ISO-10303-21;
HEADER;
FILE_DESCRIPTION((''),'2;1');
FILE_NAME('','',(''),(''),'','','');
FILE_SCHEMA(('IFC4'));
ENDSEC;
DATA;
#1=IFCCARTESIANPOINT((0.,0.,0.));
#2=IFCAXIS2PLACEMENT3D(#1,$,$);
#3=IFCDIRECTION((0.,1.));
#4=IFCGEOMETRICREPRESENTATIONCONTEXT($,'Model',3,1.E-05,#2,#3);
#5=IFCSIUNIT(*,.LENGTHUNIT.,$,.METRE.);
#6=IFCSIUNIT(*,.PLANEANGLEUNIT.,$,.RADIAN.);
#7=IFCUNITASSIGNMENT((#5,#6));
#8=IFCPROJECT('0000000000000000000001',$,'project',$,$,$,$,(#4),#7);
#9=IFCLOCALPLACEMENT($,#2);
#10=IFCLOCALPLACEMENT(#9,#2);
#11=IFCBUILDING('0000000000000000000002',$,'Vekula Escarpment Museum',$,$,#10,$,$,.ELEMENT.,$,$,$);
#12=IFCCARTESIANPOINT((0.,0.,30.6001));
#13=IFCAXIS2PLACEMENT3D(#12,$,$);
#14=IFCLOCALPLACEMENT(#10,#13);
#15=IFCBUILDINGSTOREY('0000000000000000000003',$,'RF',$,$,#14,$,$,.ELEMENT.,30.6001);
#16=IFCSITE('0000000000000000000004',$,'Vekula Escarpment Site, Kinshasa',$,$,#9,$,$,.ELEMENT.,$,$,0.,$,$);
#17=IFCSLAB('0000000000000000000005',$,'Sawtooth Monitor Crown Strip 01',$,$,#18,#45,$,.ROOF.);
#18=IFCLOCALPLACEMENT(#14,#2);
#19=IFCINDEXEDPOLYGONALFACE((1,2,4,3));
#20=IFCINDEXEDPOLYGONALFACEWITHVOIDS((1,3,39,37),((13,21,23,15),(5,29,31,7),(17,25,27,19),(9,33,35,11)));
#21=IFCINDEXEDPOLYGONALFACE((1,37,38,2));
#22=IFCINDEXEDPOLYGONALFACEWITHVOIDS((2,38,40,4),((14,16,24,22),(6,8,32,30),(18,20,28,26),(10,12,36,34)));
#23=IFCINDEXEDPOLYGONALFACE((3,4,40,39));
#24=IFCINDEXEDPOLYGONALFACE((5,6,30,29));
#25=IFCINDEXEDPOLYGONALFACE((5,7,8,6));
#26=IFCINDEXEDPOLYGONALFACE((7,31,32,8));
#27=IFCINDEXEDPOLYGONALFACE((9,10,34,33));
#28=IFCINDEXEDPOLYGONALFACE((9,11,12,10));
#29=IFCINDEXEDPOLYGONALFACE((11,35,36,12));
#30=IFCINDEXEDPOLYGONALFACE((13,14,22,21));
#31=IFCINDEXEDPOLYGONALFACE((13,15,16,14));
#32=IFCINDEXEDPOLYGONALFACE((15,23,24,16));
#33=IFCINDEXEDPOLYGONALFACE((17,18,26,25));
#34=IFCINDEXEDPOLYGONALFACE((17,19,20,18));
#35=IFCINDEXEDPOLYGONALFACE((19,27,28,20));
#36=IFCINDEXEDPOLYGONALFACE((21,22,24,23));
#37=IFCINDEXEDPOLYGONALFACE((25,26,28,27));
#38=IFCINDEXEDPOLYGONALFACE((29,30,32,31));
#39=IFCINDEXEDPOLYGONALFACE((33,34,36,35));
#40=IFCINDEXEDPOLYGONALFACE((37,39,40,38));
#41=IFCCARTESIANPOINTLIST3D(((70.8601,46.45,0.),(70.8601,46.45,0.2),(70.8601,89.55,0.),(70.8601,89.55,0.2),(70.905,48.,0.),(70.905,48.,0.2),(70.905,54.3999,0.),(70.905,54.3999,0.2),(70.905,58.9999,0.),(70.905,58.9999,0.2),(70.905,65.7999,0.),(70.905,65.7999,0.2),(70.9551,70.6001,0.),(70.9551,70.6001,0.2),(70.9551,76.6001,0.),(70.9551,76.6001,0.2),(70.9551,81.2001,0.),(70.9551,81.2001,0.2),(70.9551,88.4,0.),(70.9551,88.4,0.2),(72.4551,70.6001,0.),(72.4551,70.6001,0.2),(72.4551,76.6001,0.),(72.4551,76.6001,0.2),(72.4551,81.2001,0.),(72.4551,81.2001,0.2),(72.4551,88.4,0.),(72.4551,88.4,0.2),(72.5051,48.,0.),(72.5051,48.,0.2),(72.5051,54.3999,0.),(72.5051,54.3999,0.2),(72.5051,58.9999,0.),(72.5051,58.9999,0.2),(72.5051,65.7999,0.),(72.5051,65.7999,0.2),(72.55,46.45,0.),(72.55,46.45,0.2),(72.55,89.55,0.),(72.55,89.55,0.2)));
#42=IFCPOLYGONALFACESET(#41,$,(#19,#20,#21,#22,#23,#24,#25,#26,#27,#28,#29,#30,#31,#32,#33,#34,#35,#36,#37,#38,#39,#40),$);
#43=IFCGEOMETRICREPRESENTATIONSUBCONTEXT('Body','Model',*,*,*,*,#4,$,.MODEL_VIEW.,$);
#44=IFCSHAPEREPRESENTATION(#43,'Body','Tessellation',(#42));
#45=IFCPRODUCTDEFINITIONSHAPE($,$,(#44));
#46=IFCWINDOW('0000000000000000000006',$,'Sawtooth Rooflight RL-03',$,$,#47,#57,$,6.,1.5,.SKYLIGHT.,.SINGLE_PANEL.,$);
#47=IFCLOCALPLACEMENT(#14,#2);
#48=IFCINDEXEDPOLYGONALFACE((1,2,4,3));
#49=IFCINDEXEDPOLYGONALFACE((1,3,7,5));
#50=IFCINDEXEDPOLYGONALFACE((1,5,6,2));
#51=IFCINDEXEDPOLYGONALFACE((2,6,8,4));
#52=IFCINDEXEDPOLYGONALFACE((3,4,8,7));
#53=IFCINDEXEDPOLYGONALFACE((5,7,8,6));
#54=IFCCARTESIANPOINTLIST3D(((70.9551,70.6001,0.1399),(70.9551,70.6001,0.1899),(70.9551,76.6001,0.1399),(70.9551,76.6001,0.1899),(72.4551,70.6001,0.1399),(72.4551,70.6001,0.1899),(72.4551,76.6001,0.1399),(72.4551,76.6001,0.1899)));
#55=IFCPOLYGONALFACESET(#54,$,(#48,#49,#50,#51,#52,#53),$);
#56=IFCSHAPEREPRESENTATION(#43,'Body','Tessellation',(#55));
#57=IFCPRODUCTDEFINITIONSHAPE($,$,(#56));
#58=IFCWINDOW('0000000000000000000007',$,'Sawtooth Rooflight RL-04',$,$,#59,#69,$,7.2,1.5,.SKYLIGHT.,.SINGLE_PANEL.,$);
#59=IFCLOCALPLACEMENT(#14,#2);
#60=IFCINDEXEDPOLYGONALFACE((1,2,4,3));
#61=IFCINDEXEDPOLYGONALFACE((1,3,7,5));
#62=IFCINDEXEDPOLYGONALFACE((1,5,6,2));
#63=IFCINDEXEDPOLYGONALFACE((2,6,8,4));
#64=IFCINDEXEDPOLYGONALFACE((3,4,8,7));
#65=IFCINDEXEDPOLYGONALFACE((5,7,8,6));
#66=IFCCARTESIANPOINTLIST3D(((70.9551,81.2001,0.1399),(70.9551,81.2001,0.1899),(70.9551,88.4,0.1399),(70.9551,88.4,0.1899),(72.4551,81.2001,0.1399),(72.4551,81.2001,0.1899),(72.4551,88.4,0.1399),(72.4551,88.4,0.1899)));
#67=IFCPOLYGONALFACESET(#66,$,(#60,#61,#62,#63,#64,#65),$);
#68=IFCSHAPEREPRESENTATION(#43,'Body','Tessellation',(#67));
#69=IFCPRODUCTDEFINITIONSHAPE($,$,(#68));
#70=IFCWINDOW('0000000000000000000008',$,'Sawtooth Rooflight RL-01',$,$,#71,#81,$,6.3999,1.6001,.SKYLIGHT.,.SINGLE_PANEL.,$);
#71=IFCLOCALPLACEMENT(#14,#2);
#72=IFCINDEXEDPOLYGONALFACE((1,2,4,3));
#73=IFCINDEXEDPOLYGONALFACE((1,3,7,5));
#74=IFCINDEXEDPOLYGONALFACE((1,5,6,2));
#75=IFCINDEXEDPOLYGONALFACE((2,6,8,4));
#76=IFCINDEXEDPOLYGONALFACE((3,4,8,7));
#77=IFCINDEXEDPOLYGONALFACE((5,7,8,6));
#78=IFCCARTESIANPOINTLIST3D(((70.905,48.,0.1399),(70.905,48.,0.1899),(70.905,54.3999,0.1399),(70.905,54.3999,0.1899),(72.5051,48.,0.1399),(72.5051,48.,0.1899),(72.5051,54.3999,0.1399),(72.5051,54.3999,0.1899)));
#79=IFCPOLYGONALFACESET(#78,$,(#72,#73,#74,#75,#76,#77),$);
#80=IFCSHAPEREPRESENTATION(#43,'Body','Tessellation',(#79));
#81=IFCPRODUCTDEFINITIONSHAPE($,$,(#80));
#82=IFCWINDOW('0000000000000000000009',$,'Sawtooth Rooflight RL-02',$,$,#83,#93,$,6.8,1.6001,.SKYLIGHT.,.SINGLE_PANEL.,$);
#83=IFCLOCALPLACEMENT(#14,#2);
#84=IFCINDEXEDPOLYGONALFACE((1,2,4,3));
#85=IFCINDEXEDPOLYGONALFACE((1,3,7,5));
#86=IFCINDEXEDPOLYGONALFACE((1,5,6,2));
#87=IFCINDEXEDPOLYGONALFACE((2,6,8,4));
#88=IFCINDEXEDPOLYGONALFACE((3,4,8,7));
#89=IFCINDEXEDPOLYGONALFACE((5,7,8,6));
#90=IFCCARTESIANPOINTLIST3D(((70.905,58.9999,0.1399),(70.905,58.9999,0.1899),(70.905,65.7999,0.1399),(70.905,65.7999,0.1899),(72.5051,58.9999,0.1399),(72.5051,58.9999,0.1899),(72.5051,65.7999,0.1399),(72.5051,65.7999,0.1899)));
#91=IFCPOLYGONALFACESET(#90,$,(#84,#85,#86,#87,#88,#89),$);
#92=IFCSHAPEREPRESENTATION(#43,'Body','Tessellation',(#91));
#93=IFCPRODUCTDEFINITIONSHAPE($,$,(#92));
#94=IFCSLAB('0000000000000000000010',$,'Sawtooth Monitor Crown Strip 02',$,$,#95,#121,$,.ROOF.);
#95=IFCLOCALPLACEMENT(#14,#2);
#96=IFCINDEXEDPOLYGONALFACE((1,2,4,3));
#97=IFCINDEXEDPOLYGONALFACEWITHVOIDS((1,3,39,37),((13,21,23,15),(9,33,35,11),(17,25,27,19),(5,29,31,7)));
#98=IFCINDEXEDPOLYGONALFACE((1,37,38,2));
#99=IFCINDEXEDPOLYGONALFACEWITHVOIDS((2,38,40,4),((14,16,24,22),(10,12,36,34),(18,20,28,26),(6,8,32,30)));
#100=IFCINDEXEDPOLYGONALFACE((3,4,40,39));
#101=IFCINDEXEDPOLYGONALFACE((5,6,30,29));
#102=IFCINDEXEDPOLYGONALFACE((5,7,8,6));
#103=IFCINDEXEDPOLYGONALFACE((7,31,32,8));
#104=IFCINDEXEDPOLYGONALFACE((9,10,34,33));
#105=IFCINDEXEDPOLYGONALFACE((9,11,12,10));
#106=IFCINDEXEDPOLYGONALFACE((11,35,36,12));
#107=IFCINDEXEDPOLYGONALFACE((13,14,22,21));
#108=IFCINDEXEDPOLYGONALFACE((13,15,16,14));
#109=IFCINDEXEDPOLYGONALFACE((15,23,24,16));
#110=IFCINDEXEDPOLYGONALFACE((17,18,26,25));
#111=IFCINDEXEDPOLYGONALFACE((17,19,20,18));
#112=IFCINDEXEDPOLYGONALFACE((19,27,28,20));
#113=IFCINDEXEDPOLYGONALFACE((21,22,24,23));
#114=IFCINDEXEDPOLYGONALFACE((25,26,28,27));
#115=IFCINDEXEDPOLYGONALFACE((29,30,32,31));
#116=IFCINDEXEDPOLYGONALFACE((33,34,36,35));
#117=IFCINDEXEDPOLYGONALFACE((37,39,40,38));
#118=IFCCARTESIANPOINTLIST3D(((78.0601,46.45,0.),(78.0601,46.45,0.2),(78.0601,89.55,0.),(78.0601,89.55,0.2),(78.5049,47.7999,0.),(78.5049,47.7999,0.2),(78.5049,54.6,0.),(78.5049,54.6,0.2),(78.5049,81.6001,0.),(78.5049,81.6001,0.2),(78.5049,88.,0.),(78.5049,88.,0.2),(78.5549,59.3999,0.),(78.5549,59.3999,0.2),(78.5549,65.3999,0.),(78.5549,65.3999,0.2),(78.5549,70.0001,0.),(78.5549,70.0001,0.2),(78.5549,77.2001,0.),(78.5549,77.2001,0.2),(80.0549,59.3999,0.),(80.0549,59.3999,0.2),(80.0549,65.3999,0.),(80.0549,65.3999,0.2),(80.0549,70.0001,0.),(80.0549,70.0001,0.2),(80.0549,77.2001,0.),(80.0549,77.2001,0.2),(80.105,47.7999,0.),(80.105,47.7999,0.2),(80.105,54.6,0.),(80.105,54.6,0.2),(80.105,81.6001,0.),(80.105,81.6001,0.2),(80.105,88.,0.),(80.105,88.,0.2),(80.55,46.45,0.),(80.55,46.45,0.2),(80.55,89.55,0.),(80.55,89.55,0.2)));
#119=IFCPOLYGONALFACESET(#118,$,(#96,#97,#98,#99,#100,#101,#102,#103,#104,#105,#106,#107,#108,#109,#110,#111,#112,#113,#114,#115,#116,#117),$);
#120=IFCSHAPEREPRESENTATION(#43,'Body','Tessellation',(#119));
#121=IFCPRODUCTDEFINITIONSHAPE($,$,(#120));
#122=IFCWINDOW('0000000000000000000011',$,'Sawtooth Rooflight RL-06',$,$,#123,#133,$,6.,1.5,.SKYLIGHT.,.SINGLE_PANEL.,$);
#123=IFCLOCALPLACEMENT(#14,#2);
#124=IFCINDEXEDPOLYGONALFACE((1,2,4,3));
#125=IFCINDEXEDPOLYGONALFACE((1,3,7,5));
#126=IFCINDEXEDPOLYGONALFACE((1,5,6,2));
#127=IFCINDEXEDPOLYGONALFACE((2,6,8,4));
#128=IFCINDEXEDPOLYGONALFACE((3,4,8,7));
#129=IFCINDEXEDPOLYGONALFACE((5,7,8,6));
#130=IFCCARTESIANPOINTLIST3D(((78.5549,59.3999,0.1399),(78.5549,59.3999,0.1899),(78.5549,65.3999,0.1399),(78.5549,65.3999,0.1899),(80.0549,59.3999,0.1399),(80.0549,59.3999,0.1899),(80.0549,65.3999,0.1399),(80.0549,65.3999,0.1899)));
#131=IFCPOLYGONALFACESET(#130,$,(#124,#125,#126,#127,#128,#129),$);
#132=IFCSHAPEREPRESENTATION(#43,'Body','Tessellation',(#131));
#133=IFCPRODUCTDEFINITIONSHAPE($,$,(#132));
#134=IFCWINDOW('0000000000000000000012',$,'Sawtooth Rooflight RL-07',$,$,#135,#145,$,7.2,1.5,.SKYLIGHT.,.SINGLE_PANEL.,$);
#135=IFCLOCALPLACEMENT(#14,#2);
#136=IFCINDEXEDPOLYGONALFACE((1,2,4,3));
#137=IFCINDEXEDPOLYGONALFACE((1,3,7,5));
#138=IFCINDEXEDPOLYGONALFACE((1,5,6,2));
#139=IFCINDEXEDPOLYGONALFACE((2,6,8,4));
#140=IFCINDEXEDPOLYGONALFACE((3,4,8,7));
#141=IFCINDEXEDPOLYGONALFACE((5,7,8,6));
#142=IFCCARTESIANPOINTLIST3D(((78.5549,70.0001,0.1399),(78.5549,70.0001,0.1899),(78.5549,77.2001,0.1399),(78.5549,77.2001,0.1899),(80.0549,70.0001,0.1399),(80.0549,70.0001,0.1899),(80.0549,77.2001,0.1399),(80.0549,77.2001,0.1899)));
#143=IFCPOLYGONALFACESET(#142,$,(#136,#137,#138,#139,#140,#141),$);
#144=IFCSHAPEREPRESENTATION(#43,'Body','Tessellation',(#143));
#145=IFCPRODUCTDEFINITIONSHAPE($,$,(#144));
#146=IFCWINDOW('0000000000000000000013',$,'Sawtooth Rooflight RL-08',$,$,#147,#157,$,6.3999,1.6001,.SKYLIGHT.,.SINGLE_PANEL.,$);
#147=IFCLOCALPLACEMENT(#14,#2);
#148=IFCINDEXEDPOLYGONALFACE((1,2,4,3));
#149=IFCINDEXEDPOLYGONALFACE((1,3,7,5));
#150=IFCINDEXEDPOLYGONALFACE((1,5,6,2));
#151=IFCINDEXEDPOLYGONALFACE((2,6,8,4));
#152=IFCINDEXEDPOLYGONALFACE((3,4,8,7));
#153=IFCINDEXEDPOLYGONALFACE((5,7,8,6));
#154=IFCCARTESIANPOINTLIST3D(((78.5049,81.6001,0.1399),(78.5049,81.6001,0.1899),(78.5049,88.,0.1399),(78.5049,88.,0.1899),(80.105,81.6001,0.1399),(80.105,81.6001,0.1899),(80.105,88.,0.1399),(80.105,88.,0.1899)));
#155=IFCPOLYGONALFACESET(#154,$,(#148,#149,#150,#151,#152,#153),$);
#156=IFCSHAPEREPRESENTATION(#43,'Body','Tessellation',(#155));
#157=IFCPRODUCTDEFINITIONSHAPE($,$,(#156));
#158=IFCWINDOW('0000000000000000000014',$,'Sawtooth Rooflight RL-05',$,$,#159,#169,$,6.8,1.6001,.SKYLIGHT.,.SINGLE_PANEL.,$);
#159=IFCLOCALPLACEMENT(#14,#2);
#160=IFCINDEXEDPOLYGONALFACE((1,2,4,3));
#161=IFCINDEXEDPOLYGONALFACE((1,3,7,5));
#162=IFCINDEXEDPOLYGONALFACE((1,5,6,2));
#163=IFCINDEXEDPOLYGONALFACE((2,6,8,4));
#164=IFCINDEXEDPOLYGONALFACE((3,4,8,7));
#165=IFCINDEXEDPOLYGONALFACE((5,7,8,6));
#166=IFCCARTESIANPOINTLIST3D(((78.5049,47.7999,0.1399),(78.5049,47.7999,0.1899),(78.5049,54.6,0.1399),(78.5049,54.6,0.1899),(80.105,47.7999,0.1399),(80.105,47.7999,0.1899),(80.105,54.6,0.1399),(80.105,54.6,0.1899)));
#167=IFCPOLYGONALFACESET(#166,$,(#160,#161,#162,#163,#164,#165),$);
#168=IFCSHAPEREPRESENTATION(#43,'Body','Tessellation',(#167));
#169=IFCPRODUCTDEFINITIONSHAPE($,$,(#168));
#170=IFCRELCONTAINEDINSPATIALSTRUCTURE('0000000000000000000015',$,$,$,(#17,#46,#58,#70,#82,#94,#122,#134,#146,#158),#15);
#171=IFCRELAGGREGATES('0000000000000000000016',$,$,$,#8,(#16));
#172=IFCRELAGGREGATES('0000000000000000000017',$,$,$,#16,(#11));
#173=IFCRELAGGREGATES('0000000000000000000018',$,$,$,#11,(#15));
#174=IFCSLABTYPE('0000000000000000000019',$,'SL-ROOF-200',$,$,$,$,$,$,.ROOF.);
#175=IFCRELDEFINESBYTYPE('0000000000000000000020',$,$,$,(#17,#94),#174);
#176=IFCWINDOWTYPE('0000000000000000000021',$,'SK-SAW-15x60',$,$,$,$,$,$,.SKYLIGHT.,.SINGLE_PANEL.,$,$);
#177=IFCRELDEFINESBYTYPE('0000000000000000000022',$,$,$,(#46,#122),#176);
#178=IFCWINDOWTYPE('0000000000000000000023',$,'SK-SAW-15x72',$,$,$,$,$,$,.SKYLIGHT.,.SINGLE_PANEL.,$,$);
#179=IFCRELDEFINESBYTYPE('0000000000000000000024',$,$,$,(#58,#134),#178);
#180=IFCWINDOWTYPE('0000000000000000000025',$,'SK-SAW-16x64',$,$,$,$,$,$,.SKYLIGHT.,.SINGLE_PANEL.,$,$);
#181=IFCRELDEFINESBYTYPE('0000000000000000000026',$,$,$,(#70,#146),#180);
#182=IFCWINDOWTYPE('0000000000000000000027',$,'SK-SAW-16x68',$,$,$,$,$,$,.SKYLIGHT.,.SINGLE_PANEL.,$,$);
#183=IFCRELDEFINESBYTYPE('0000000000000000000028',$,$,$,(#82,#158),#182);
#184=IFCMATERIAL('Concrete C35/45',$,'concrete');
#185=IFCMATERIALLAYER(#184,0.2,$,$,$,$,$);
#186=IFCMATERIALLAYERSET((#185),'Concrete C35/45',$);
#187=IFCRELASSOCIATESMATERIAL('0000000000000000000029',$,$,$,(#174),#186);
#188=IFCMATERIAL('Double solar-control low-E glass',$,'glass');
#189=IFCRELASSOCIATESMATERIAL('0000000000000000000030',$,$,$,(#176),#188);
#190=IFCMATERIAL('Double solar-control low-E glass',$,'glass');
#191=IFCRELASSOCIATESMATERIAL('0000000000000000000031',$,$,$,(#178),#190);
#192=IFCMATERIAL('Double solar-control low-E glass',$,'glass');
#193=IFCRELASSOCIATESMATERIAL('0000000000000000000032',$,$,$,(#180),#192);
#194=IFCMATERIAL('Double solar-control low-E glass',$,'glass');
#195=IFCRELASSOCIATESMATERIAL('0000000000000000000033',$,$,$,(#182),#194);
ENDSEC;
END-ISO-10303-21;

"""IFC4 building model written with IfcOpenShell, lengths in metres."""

from ifc_helpers import new_model, si_unit, direction, frame, origin, origin_2d, place, context, subcontext, project, spatial, polyline, rectangle, outline, extrude, material, layer, layer_set, type_object, element, fill, save


model = new_model("IFC4")

# Units and contexts
model_context = context("Model", 3, precision=1e-05, world=origin(), true_north=direction((0.0, 1.0)))
body_context = subcontext(model_context, "Body", "Model", "MODEL_VIEW")
ifc_project = project(units=[si_unit("LENGTHUNIT", "METRE"), si_unit("PLANEANGLEUNIT", "RADIAN")], contexts=[model_context])

# Site, building, storey
site_placement = place(None, origin())
site = spatial("IfcSite", under=ifc_project, at=site_placement, Name="Vekula Escarpment Site, Kinshasa", CompositionType="ELEMENT", RefElevation=0.0)
building_placement = place(site_placement, origin())
building = spatial("IfcBuilding", under=site, at=building_placement, Name="Vekula Escarpment Museum", CompositionType="ELEMENT")
storey_placement = place(building_placement, frame((0.0, 0.0, 30.6001)))
storey = spatial("IfcBuildingStorey", under=building, at=storey_placement, Name="RF", CompositionType="ELEMENT", Elevation=30.6001)

# Slabs, openings, windows
ifc_material_1 = material(Name="Concrete C35/45", Category="concrete")
ifc_layer = layer(ifc_material_1, 0.2)
ifc_layer_set = layer_set([ifc_layer], Name="Concrete C35/45")
slab_type = type_object("IfcSlabType", Name="SL-ROOF-200", PredefinedType="ROOF", material=ifc_layer_set)
slab_1_placement = place(storey_placement, origin())
slab_1 = element("IfcSlab", 1, at=slab_1_placement, inside=storey, type_object=slab_type, Name="Sawtooth Monitor Crown Strip 01", PredefinedType="ROOF", context=body_context, shape_type="SweptSolid", body=[
    extrude(outline(polyline([(70.8601, 46.45), (72.55, 46.45), (72.55, 89.55), (70.8601, 89.55), (70.8601, 46.45)])), origin(), (0.0, 0.0, 1.0), 0.2),
])
opening_1_placement = place(slab_1_placement, frame((71.7051, 51.2, -0.01)))
opening_1 = element("IfcOpeningElement", 2, at=opening_1_placement, cuts=slab_1, PredefinedType="OPENING", context=body_context, shape_type="SweptSolid", body=[
    extrude(rectangle(XDim=1.6001, YDim=6.3999, at=origin_2d()), origin(), (0.0, 0.0, 1.0), 0.22),
])
opening_2_placement = place(slab_1_placement, frame((71.7051, 62.3999, -0.01)))
opening_2 = element("IfcOpeningElement", 3, at=opening_2_placement, cuts=slab_1, PredefinedType="OPENING", context=body_context, shape_type="SweptSolid", body=[
    extrude(rectangle(XDim=1.6001, YDim=6.8, at=origin_2d()), origin(), (0.0, 0.0, 1.0), 0.22),
])
opening_3_placement = place(slab_1_placement, frame((71.7051, 73.6001, -0.01)))
opening_3 = element("IfcOpeningElement", 4, at=opening_3_placement, cuts=slab_1, PredefinedType="OPENING", context=body_context, shape_type="SweptSolid", body=[
    extrude(rectangle(XDim=1.5, YDim=6.0, at=origin_2d()), origin(), (0.0, 0.0, 1.0), 0.22),
])
opening_4_placement = place(slab_1_placement, frame((71.7051, 84.8, -0.01)))
opening_4 = element("IfcOpeningElement", 5, at=opening_4_placement, cuts=slab_1, PredefinedType="OPENING", context=body_context, shape_type="SweptSolid", body=[
    extrude(rectangle(XDim=1.5, YDim=7.2, at=origin_2d()), origin(), (0.0, 0.0, 1.0), 0.22),
])
ifc_material_2 = material(Name="Double solar-control low-E glass", Category="glass")
window_type_1 = type_object("IfcWindowType", Name="SK-SAW-15x60", PartitioningType="SINGLE_PANEL", PredefinedType="SKYLIGHT", material=ifc_material_2)
window_1_placement = place(opening_3_placement, frame((0.0, 0.0, 0.1499)))
window_1 = element("IfcWindow", 6, at=window_1_placement, inside=storey, type_object=window_type_1, Name="Sawtooth Rooflight RL-03", OverallHeight=6.0, OverallWidth=1.5, PartitioningType="SINGLE_PANEL", PredefinedType="SKYLIGHT", context=body_context, shape_type="SweptSolid", body=[
    extrude(rectangle(XDim=1.5, YDim=6.0, at=origin_2d()), origin(), (0.0, 0.0, 1.0), 0.05),
])
fill(opening_3, window_1)
ifc_material_3 = material(Name="Double solar-control low-E glass", Category="glass")
window_type_2 = type_object("IfcWindowType", Name="SK-SAW-15x72", PartitioningType="SINGLE_PANEL", PredefinedType="SKYLIGHT", material=ifc_material_3)
window_2_placement = place(opening_4_placement, frame((0.0, 0.0, 0.1499)))
window_2 = element("IfcWindow", 7, at=window_2_placement, inside=storey, type_object=window_type_2, Name="Sawtooth Rooflight RL-04", OverallHeight=7.2, OverallWidth=1.5, PartitioningType="SINGLE_PANEL", PredefinedType="SKYLIGHT", context=body_context, shape_type="SweptSolid", body=[
    extrude(rectangle(XDim=1.5, YDim=7.2, at=origin_2d()), origin(), (0.0, 0.0, 1.0), 0.05),
])
fill(opening_4, window_2)
ifc_material_4 = material(Name="Double solar-control low-E glass", Category="glass")
window_type_3 = type_object("IfcWindowType", Name="SK-SAW-16x64", PartitioningType="SINGLE_PANEL", PredefinedType="SKYLIGHT", material=ifc_material_4)
window_3_placement = place(opening_1_placement, frame((0.0, 0.0, 0.1499)))
window_3 = element("IfcWindow", 8, at=window_3_placement, inside=storey, type_object=window_type_3, Name="Sawtooth Rooflight RL-01", OverallHeight=6.3999, OverallWidth=1.6001, PartitioningType="SINGLE_PANEL", PredefinedType="SKYLIGHT", context=body_context, shape_type="SweptSolid", body=[
    extrude(rectangle(XDim=1.6001, YDim=6.3999, at=origin_2d()), origin(), (0.0, 0.0, 1.0), 0.05),
])
fill(opening_1, window_3)
ifc_material_5 = material(Name="Double solar-control low-E glass", Category="glass")
window_type_4 = type_object("IfcWindowType", Name="SK-SAW-16x68", PartitioningType="SINGLE_PANEL", PredefinedType="SKYLIGHT", material=ifc_material_5)
window_4_placement = place(opening_2_placement, frame((0.0, 0.0, 0.1499)))
window_4 = element("IfcWindow", 9, at=window_4_placement, inside=storey, type_object=window_type_4, Name="Sawtooth Rooflight RL-02", OverallHeight=6.8, OverallWidth=1.6001, PartitioningType="SINGLE_PANEL", PredefinedType="SKYLIGHT", context=body_context, shape_type="SweptSolid", body=[
    extrude(rectangle(XDim=1.6001, YDim=6.8, at=origin_2d()), origin(), (0.0, 0.0, 1.0), 0.05),
])
fill(opening_2, window_4)
slab_2_placement = place(storey_placement, origin())
slab_2 = element("IfcSlab", 10, at=slab_2_placement, inside=storey, type_object=slab_type, Name="Sawtooth Monitor Crown Strip 02", PredefinedType="ROOF", context=body_context, shape_type="SweptSolid", body=[
    extrude(outline(polyline([(78.0601, 46.45), (80.55, 46.45), (80.55, 89.55), (78.0601, 89.55), (78.0601, 46.45)])), origin(), (0.0, 0.0, 1.0), 0.2),
])
opening_5_placement = place(slab_2_placement, frame((79.3049, 51.2, -0.01)))
opening_5 = element("IfcOpeningElement", 11, at=opening_5_placement, cuts=slab_2, PredefinedType="OPENING", context=body_context, shape_type="SweptSolid", body=[
    extrude(rectangle(XDim=1.6001, YDim=6.8, at=origin_2d()), origin(), (0.0, 0.0, 1.0), 0.22),
])
opening_6_placement = place(slab_2_placement, frame((79.3049, 62.3999, -0.01)))
opening_6 = element("IfcOpeningElement", 12, at=opening_6_placement, cuts=slab_2, PredefinedType="OPENING", context=body_context, shape_type="SweptSolid", body=[
    extrude(rectangle(XDim=1.5, YDim=6.0, at=origin_2d()), origin(), (0.0, 0.0, 1.0), 0.22),
])
opening_7_placement = place(slab_2_placement, frame((79.3049, 73.6001, -0.01)))
opening_7 = element("IfcOpeningElement", 13, at=opening_7_placement, cuts=slab_2, PredefinedType="OPENING", context=body_context, shape_type="SweptSolid", body=[
    extrude(rectangle(XDim=1.5, YDim=7.2, at=origin_2d()), origin(), (0.0, 0.0, 1.0), 0.22),
])
opening_8_placement = place(slab_2_placement, frame((79.3049, 84.8, -0.01)))
opening_8 = element("IfcOpeningElement", 14, at=opening_8_placement, cuts=slab_2, PredefinedType="OPENING", context=body_context, shape_type="SweptSolid", body=[
    extrude(rectangle(XDim=1.6001, YDim=6.3999, at=origin_2d()), origin(), (0.0, 0.0, 1.0), 0.22),
])
window_5_placement = place(opening_6_placement, frame((0.0, 0.0, 0.1499)))
window_5 = element("IfcWindow", 15, at=window_5_placement, inside=storey, type_object=window_type_1, Name="Sawtooth Rooflight RL-06", OverallHeight=6.0, OverallWidth=1.5, PartitioningType="SINGLE_PANEL", PredefinedType="SKYLIGHT", context=body_context, shape_type="SweptSolid", body=[
    extrude(rectangle(XDim=1.5, YDim=6.0, at=origin_2d()), origin(), (0.0, 0.0, 1.0), 0.05),
])
fill(opening_6, window_5)
window_6_placement = place(opening_7_placement, frame((0.0, 0.0, 0.1499)))
window_6 = element("IfcWindow", 16, at=window_6_placement, inside=storey, type_object=window_type_2, Name="Sawtooth Rooflight RL-07", OverallHeight=7.2, OverallWidth=1.5, PartitioningType="SINGLE_PANEL", PredefinedType="SKYLIGHT", context=body_context, shape_type="SweptSolid", body=[
    extrude(rectangle(XDim=1.5, YDim=7.2, at=origin_2d()), origin(), (0.0, 0.0, 1.0), 0.05),
])
fill(opening_7, window_6)
window_7_placement = place(opening_8_placement, frame((0.0, 0.0, 0.1499)))
window_7 = element("IfcWindow", 17, at=window_7_placement, inside=storey, type_object=window_type_3, Name="Sawtooth Rooflight RL-08", OverallHeight=6.3999, OverallWidth=1.6001, PartitioningType="SINGLE_PANEL", PredefinedType="SKYLIGHT", context=body_context, shape_type="SweptSolid", body=[
    extrude(rectangle(XDim=1.6001, YDim=6.3999, at=origin_2d()), origin(), (0.0, 0.0, 1.0), 0.05),
])
fill(opening_8, window_7)
window_8_placement = place(opening_5_placement, frame((0.0, 0.0, 0.1499)))
window_8 = element("IfcWindow", 18, at=window_8_placement, inside=storey, type_object=window_type_4, Name="Sawtooth Rooflight RL-05", OverallHeight=6.8, OverallWidth=1.6001, PartitioningType="SINGLE_PANEL", PredefinedType="SKYLIGHT", context=body_context, shape_type="SweptSolid", body=[
    extrude(rectangle(XDim=1.6001, YDim=6.8, at=origin_2d()), origin(), (0.0, 0.0, 1.0), 0.05),
])
fill(opening_5, window_8)

save(model, "model.ifc")
